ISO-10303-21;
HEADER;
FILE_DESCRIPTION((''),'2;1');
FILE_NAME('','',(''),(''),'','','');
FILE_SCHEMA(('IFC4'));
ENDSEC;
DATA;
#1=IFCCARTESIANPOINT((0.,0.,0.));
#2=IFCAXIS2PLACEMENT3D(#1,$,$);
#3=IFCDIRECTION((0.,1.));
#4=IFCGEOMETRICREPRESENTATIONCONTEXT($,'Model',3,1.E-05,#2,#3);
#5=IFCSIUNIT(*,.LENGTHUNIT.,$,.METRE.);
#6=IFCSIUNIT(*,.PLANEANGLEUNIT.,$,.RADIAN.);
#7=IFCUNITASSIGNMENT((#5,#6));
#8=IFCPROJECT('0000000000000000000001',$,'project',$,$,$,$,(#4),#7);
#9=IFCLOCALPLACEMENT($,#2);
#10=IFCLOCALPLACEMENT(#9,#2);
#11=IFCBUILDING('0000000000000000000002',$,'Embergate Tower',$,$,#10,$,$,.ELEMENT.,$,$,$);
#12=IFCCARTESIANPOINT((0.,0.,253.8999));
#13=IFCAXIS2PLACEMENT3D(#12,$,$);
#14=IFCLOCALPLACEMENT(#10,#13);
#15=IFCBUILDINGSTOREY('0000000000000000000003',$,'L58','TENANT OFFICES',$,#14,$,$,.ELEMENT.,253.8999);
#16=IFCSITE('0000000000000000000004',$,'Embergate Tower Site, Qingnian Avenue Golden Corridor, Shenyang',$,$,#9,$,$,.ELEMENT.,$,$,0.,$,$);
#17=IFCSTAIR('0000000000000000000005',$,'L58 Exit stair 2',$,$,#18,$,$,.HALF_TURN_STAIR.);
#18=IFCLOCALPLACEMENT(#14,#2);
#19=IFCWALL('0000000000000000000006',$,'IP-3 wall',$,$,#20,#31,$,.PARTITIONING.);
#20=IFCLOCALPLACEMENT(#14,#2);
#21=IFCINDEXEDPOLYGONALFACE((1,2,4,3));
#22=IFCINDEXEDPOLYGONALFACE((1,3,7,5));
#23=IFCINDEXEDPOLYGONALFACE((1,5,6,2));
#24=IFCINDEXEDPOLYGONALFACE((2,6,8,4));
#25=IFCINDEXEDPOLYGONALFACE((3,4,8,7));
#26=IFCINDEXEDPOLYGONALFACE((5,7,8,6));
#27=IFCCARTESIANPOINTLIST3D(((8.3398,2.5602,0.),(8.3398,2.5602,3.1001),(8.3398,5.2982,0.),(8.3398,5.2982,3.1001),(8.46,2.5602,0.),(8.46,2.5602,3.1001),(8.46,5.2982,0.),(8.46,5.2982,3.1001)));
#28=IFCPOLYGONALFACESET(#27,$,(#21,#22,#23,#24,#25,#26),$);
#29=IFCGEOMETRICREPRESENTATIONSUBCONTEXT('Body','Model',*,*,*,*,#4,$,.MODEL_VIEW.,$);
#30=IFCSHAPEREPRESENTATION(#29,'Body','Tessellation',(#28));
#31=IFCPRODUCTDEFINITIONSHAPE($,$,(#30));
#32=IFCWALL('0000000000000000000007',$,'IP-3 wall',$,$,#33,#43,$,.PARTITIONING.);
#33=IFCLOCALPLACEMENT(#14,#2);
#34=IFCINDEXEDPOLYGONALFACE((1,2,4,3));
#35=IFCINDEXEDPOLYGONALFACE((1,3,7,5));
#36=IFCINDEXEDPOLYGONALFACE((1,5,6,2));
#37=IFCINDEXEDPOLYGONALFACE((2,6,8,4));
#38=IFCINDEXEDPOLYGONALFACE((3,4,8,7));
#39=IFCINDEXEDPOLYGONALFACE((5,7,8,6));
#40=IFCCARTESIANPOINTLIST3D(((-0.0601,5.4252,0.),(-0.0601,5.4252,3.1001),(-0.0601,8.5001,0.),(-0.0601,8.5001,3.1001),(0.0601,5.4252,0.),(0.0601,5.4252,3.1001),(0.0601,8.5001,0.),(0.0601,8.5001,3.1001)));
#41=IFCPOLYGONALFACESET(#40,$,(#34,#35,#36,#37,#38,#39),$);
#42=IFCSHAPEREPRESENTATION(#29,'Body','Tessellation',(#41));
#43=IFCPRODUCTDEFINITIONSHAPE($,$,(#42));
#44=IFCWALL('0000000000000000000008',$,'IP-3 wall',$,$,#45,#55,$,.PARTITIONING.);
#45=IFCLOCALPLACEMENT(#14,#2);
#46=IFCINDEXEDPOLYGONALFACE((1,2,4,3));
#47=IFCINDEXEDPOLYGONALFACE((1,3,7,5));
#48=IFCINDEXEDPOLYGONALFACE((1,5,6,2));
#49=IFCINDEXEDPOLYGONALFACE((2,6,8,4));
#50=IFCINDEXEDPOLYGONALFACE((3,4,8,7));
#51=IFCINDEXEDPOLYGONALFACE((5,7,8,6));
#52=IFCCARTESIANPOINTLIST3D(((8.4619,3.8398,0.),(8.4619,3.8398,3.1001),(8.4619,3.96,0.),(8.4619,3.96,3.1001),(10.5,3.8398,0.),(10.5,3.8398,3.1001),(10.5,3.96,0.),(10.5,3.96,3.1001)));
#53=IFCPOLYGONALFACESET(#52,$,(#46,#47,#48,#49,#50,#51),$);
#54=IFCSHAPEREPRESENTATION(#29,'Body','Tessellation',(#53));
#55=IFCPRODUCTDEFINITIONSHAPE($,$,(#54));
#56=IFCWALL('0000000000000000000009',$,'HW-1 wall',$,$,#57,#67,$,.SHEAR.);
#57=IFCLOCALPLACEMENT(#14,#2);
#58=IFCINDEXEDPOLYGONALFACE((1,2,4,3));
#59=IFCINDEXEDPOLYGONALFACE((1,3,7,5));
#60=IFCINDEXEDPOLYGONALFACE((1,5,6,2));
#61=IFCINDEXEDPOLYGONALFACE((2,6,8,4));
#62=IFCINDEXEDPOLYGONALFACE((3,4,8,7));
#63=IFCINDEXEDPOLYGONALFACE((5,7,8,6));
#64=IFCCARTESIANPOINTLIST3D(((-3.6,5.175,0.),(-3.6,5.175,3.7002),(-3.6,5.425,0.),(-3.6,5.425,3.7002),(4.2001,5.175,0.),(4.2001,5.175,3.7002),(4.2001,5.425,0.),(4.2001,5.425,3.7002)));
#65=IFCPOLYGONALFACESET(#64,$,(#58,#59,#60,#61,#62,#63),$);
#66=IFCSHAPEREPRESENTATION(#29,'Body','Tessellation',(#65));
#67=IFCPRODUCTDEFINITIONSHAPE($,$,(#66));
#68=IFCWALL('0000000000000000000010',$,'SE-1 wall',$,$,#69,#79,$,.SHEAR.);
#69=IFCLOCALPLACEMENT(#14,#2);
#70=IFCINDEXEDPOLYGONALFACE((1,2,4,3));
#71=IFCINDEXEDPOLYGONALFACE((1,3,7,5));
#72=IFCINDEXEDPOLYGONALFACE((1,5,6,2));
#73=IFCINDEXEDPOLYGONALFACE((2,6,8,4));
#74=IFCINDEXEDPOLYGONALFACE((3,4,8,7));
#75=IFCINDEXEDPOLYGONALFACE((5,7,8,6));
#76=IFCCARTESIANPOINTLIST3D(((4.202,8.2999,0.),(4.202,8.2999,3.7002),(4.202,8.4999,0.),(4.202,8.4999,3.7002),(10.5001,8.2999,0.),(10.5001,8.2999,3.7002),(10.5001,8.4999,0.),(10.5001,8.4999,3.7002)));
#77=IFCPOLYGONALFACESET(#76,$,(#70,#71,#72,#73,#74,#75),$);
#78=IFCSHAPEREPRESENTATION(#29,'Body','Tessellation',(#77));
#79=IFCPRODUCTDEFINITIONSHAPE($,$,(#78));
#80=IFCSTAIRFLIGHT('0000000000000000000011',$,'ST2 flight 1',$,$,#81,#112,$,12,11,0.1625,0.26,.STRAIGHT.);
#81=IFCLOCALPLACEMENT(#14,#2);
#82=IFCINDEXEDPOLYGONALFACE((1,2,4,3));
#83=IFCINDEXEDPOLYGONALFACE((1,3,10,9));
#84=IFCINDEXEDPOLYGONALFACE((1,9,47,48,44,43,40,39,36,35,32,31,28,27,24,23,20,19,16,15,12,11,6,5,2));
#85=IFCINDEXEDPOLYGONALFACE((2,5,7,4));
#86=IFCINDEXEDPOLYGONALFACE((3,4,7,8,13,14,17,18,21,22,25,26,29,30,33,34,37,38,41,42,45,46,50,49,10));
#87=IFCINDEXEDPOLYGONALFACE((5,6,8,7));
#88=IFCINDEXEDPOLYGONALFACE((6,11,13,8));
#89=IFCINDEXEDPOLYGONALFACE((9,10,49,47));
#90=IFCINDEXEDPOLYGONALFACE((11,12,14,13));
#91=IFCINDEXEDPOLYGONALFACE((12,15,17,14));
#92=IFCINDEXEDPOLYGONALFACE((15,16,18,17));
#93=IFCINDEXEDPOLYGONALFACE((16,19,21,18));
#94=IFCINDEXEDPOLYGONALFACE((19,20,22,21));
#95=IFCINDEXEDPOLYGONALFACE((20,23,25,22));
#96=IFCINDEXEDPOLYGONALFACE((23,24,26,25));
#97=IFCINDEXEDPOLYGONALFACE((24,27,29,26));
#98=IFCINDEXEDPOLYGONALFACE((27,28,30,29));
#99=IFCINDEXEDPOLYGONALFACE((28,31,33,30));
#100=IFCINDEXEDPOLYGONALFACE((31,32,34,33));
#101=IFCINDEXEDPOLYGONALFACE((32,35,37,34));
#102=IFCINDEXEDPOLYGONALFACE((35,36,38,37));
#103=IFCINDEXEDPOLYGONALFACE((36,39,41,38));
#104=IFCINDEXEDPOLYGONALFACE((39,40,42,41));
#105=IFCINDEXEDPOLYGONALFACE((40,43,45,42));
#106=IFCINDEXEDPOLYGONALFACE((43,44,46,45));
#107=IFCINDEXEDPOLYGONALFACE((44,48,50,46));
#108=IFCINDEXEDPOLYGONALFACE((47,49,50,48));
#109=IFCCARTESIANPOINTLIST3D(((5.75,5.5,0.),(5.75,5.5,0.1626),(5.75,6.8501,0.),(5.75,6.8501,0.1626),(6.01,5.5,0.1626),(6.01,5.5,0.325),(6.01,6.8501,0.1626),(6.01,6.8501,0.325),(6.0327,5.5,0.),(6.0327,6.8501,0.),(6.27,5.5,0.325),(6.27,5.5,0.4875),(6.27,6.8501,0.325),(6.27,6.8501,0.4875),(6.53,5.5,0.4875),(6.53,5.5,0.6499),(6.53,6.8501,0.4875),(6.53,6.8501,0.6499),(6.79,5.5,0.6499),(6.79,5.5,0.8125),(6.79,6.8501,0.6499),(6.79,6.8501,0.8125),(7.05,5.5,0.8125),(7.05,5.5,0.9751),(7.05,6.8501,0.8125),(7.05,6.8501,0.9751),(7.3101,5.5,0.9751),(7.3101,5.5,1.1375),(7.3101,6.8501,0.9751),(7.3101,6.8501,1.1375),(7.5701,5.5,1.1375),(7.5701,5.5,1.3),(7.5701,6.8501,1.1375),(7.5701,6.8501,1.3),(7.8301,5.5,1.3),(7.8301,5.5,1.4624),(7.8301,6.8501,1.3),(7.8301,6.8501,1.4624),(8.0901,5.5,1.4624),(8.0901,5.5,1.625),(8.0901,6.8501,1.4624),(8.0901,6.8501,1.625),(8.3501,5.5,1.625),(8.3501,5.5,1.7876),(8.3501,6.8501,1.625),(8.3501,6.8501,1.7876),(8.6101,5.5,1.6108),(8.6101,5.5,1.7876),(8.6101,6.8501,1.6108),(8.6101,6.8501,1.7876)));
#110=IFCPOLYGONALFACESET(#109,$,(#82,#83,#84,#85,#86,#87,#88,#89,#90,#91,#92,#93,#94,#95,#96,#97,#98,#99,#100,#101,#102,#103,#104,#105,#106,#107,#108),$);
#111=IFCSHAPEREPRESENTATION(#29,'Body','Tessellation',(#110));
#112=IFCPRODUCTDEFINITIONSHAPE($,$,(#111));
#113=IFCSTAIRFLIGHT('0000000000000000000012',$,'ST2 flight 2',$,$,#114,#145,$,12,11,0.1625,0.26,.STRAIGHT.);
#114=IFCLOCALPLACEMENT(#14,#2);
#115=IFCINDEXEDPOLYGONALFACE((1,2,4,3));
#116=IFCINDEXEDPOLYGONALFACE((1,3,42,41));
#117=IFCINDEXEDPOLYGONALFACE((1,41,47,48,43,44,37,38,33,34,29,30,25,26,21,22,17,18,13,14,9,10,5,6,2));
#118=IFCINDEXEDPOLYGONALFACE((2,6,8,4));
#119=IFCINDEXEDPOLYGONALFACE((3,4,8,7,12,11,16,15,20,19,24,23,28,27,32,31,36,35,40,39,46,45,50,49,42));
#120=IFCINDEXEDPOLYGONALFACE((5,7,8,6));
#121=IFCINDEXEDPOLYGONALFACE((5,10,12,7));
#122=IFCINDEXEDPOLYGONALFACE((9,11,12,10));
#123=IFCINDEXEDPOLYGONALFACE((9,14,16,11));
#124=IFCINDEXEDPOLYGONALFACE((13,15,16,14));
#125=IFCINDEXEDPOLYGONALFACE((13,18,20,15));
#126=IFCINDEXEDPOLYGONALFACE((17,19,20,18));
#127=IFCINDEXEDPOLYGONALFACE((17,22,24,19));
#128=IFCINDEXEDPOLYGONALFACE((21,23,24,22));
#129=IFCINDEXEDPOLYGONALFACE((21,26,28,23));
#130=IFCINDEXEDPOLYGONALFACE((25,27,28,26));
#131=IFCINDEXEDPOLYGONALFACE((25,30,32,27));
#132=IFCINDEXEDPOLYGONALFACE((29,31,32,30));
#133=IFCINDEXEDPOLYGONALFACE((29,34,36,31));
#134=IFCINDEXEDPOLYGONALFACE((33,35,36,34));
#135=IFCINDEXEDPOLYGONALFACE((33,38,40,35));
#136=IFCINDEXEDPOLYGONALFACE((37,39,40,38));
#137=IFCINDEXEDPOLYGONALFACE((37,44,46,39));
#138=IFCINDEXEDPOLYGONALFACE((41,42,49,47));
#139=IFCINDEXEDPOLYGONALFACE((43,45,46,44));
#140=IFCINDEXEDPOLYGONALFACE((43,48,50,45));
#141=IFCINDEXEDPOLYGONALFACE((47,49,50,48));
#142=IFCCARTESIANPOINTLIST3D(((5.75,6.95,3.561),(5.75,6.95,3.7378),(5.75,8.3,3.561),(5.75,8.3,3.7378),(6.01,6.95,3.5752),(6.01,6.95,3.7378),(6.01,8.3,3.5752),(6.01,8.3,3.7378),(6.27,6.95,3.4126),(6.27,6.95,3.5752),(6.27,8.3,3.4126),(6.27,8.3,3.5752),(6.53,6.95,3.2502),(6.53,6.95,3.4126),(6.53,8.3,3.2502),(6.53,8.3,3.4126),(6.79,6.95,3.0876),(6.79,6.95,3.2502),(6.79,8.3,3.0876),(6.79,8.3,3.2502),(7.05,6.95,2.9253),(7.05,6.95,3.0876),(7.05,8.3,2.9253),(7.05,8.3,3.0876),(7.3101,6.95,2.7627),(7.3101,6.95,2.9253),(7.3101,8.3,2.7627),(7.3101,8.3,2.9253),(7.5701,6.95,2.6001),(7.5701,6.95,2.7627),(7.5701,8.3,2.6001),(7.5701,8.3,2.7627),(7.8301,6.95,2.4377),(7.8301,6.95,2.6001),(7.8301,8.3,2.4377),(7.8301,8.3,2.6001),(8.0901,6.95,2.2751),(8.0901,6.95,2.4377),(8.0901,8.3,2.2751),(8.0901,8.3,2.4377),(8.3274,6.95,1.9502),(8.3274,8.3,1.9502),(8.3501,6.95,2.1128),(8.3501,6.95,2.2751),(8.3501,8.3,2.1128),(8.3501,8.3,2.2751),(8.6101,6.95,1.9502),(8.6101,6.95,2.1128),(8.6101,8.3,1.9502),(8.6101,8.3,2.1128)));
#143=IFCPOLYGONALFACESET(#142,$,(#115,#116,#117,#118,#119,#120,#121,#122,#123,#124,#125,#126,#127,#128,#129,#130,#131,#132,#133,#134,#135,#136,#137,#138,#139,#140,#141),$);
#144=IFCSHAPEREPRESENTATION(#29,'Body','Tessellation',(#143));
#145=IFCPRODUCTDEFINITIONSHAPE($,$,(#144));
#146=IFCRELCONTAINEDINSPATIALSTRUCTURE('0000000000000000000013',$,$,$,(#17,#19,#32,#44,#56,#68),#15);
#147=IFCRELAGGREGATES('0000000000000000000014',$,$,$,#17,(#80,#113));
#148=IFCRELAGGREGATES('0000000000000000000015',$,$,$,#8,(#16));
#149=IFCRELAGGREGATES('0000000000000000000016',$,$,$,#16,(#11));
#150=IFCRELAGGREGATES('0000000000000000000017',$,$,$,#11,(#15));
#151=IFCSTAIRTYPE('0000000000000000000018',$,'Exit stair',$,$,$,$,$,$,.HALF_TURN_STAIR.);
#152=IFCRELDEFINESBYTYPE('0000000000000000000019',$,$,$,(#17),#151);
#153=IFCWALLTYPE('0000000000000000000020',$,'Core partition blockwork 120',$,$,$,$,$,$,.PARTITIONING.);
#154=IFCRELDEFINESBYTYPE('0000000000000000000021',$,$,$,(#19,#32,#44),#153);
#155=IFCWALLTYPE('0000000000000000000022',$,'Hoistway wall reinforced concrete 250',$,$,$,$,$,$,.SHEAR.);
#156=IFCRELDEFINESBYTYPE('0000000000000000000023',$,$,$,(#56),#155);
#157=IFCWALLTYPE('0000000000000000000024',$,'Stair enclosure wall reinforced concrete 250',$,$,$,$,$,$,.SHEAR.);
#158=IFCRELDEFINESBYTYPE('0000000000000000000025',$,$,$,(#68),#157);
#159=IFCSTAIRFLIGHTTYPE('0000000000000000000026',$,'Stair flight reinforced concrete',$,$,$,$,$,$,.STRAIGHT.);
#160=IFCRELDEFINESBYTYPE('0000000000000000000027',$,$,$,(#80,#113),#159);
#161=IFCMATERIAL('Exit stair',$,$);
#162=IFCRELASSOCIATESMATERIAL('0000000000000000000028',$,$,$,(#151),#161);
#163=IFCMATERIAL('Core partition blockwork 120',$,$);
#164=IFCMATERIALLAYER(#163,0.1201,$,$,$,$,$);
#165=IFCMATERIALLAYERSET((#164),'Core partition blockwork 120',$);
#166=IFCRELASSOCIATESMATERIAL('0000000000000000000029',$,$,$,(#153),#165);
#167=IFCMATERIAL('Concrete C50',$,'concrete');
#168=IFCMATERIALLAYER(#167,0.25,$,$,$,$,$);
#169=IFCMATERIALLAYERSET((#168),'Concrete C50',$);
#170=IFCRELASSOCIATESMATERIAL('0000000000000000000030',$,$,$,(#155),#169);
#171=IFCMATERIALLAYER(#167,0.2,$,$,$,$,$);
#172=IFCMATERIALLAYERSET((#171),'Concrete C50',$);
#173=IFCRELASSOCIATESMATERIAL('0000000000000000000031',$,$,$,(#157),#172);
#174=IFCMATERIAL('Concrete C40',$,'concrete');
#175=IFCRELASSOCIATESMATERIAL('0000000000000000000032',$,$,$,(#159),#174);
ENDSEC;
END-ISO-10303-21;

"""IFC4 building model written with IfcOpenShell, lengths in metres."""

from ifc_helpers import new_model, si_unit, direction, frame, frame_2d, origin, place, context, subcontext, project, spatial, polyline, rectangle, outline, extrude, source, transform, mapped, material, layer, layer_set, type_object, element, aggregate, save


model = new_model("IFC4")

# Units and contexts
model_context = context("Model", 3, precision=1e-05, world=origin(), true_north=direction((0.0, 1.0)))
body_context = subcontext(model_context, "Body", "Model", "MODEL_VIEW")
ifc_project = project(units=[si_unit("LENGTHUNIT", "METRE"), si_unit("PLANEANGLEUNIT", "RADIAN")], contexts=[model_context])

# Site, building, storey
site_placement = place(None, origin())
site = spatial("IfcSite", under=ifc_project, at=site_placement, Name="Embergate Tower Site, Qingnian Avenue Golden Corridor, Shenyang", CompositionType="ELEMENT", RefElevation=0.0)
building_placement = place(site_placement, origin())
building = spatial("IfcBuilding", under=site, at=building_placement, Name="Embergate Tower", CompositionType="ELEMENT")
storey_placement = place(building_placement, frame((0.0, 0.0, 253.8999)))
storey = spatial("IfcBuildingStorey", under=building, at=storey_placement, Name="L58", Description="TENANT OFFICES", CompositionType="ELEMENT", Elevation=253.8999)

# Stair
ifc_material_1 = material(Name="Exit stair")
stair_type = type_object("IfcStairType", Name="Exit stair", PredefinedType="HALF_TURN_STAIR", material=ifc_material_1)
stair_placement = place(storey_placement, origin())
stair = element("IfcStair", 1, at=stair_placement, inside=storey, type_object=stair_type, Name="L58 Exit stair 2", PredefinedType="HALF_TURN_STAIR")
ifc_material_2 = material(Name="Concrete C40", Category="concrete")

# Shared definitions
ifc_material_3 = material(Name="Core partition blockwork 120")
ifc_layer_1 = layer(ifc_material_3, 0.1201)
ifc_layer_set_1 = layer_set([ifc_layer_1], Name="Core partition blockwork 120")
wall_type_1 = type_object("IfcWallType", Name="Core partition blockwork 120", PredefinedType="PARTITIONING", material=ifc_layer_set_1)

# Shared definitions
ifc_material_4 = material(Name="Concrete C50", Category="concrete")
ifc_layer_2 = layer(ifc_material_4, 0.25)
ifc_layer_set_2 = layer_set([ifc_layer_2], Name="Concrete C50")
wall_type_2 = type_object("IfcWallType", Name="Hoistway wall reinforced concrete 250", PredefinedType="SHEAR", material=ifc_layer_set_2)

# Shared definitions
ifc_layer_3 = layer(ifc_material_4, 0.2)
ifc_layer_set_3 = layer_set([ifc_layer_3], Name="Concrete C50")
wall_type_3 = type_object("IfcWallType", Name="Stair enclosure wall reinforced concrete 250", PredefinedType="SHEAR", material=ifc_layer_set_3)

# Walls
shared_shape_1 = source(origin(), body_context, "Body", "SweptSolid", [
    extrude(rectangle(XDim=2.738, YDim=0.1201, at=frame_2d((1.3691, 0.0))), origin(), (0.0, 0.0, 1.0), 3.1001),
])
wall_1_placement = place(storey_placement, frame((8.3999, 2.5601, 0.0), z_axis=(0.0, 0.0, 1.0), x_axis=(0.0, 1.0, 0.0)))
element("IfcWall", 2, at=wall_1_placement, inside=storey, type_object=wall_type_1, Name="IP-3 wall", PredefinedType="PARTITIONING", context=body_context, shape_type="MappedRepresentation", body=[
    mapped(shared_shape_1, transform((0.0, 0.0, 0.0))),
])
shared_shape_2 = source(origin(), body_context, "Body", "SweptSolid", [
    extrude(rectangle(XDim=3.075, YDim=0.1201, at=frame_2d((1.5376, 0.0))), origin(), (0.0, 0.0, 1.0), 3.1001),
])
wall_2_placement = place(storey_placement, frame((0.0, 5.425, 0.0), z_axis=(0.0, 0.0, 1.0), x_axis=(0.0, 1.0, 0.0)))
element("IfcWall", 3, at=wall_2_placement, inside=storey, type_object=wall_type_1, Name="IP-3 wall", PredefinedType="PARTITIONING", context=body_context, shape_type="MappedRepresentation", body=[
    mapped(shared_shape_2, transform((0.0, 0.0, 0.0))),
])
shared_shape_3 = source(origin(), body_context, "Body", "SweptSolid", [
    extrude(rectangle(XDim=2.0381, YDim=0.1201, at=frame_2d((1.019, 0.0))), origin(), (0.0, 0.0, 1.0), 3.1001),
])
wall_3_placement = place(storey_placement, frame((10.5, 3.8999, 0.0), z_axis=(0.0, 0.0, 1.0), x_axis=(-1.0, 0.0, 0.0)))
element("IfcWall", 4, at=wall_3_placement, inside=storey, type_object=wall_type_1, Name="IP-3 wall", PredefinedType="PARTITIONING", context=body_context, shape_type="MappedRepresentation", body=[
    mapped(shared_shape_3, transform((0.0, 0.0, 0.0))),
])
shared_shape_4 = source(origin(), body_context, "Body", "SweptSolid", [
    extrude(rectangle(XDim=7.8, YDim=0.25, at=frame_2d((3.8999, 0.0))), origin(), (0.0, 0.0, 1.0), 3.7002),
])
wall_4_placement = place(storey_placement, frame((4.2, 5.3, 0.0), z_axis=(0.0, 0.0, 1.0), x_axis=(-1.0, 0.0, 0.0)))
element("IfcWall", 5, at=wall_4_placement, inside=storey, type_object=wall_type_2, Name="HW-1 wall", PredefinedType="SHEAR", context=body_context, shape_type="MappedRepresentation", body=[
    mapped(shared_shape_4, transform((0.0, 0.0, 0.0))),
])
shared_shape_5 = source(origin(), body_context, "Body", "SweptSolid", [
    extrude(rectangle(XDim=6.2981, YDim=0.2, at=frame_2d((3.1489, 0.0))), origin(), (0.0, 0.0, 1.0), 3.7002),
])
wall_5_placement = place(storey_placement, frame((10.5, 8.3999, 0.0), z_axis=(0.0, 0.0, 1.0), x_axis=(-1.0, 0.0, 0.0)))
element("IfcWall", 6, at=wall_5_placement, inside=storey, type_object=wall_type_3, Name="SE-1 wall", PredefinedType="SHEAR", context=body_context, shape_type="MappedRepresentation", body=[
    mapped(shared_shape_5, transform((0.0, 0.0, 0.0))),
])

# Stair flights
stair_flight_type = type_object("IfcStairFlightType", Name="Stair flight reinforced concrete", PredefinedType="STRAIGHT", material=ifc_material_2)
shared_shape_6 = source(origin(), body_context, "Body", "SweptSolid", [
    extrude(outline(polyline([(0.0, 0.0), (0.0, 0.1626), (0.26, 0.1626), (0.26, 0.325), (0.52, 0.325), (0.52, 0.4875), (0.78, 0.4875), (0.78, 0.6499), (1.04, 0.6499), (1.04, 0.8125), (1.3, 0.8125), (1.3, 0.9751), (1.5601, 0.9751), (1.5601, 1.1375), (1.8201, 1.1375), (1.8201, 1.3), (2.0801, 1.3), (2.0801, 1.4624), (2.3401, 1.4624), (2.3401, 1.625), (2.6001, 1.625), (2.6001, 1.7876), (2.8601, 1.7876), (2.8601, 1.95), (2.8601, 1.6108), (0.2827, 0.0), (0.0, 0.0)])), frame((0.0, 0.675, 0.0), z_axis=(0.0, -1.0, 0.0), x_axis=(1.0, 0.0, 0.0)), (0.0, 0.0, 1.0), 1.3501),
])
stair_flight_1_placement = place(storey_placement, frame((5.75, 6.175, 0.0), z_axis=(0.0, 0.0, 1.0), x_axis=(1.0, 0.0, 0.0)))
stair_flight_1 = element("IfcStairFlight", 7, at=stair_flight_1_placement, type_object=stair_flight_type, Name="ST2 flight 1", NumberOfRisers=12, NumberOfTreads=11, PredefinedType="STRAIGHT", RiserHeight=0.1625, TreadLength=0.26, context=body_context, shape_type="MappedRepresentation", body=[
    mapped(shared_shape_6, transform((0.0, 0.0, 0.0))),
])
stair_flight_2_placement = place(storey_placement, frame((8.6101, 7.625, 1.9502), z_axis=(0.0, 0.0, 1.0), x_axis=(-1.0, 0.0, 0.0)))
stair_flight_2 = element("IfcStairFlight", 8, at=stair_flight_2_placement, type_object=stair_flight_type, Name="ST2 flight 2", NumberOfRisers=12, NumberOfTreads=11, PredefinedType="STRAIGHT", RiserHeight=0.1625, TreadLength=0.26, context=body_context, shape_type="MappedRepresentation", body=[
    mapped(shared_shape_6, transform((0.0, 0.0, 0.0))),
])
aggregate(stair, [stair_flight_1, stair_flight_2])

save(model, "model.ifc")
